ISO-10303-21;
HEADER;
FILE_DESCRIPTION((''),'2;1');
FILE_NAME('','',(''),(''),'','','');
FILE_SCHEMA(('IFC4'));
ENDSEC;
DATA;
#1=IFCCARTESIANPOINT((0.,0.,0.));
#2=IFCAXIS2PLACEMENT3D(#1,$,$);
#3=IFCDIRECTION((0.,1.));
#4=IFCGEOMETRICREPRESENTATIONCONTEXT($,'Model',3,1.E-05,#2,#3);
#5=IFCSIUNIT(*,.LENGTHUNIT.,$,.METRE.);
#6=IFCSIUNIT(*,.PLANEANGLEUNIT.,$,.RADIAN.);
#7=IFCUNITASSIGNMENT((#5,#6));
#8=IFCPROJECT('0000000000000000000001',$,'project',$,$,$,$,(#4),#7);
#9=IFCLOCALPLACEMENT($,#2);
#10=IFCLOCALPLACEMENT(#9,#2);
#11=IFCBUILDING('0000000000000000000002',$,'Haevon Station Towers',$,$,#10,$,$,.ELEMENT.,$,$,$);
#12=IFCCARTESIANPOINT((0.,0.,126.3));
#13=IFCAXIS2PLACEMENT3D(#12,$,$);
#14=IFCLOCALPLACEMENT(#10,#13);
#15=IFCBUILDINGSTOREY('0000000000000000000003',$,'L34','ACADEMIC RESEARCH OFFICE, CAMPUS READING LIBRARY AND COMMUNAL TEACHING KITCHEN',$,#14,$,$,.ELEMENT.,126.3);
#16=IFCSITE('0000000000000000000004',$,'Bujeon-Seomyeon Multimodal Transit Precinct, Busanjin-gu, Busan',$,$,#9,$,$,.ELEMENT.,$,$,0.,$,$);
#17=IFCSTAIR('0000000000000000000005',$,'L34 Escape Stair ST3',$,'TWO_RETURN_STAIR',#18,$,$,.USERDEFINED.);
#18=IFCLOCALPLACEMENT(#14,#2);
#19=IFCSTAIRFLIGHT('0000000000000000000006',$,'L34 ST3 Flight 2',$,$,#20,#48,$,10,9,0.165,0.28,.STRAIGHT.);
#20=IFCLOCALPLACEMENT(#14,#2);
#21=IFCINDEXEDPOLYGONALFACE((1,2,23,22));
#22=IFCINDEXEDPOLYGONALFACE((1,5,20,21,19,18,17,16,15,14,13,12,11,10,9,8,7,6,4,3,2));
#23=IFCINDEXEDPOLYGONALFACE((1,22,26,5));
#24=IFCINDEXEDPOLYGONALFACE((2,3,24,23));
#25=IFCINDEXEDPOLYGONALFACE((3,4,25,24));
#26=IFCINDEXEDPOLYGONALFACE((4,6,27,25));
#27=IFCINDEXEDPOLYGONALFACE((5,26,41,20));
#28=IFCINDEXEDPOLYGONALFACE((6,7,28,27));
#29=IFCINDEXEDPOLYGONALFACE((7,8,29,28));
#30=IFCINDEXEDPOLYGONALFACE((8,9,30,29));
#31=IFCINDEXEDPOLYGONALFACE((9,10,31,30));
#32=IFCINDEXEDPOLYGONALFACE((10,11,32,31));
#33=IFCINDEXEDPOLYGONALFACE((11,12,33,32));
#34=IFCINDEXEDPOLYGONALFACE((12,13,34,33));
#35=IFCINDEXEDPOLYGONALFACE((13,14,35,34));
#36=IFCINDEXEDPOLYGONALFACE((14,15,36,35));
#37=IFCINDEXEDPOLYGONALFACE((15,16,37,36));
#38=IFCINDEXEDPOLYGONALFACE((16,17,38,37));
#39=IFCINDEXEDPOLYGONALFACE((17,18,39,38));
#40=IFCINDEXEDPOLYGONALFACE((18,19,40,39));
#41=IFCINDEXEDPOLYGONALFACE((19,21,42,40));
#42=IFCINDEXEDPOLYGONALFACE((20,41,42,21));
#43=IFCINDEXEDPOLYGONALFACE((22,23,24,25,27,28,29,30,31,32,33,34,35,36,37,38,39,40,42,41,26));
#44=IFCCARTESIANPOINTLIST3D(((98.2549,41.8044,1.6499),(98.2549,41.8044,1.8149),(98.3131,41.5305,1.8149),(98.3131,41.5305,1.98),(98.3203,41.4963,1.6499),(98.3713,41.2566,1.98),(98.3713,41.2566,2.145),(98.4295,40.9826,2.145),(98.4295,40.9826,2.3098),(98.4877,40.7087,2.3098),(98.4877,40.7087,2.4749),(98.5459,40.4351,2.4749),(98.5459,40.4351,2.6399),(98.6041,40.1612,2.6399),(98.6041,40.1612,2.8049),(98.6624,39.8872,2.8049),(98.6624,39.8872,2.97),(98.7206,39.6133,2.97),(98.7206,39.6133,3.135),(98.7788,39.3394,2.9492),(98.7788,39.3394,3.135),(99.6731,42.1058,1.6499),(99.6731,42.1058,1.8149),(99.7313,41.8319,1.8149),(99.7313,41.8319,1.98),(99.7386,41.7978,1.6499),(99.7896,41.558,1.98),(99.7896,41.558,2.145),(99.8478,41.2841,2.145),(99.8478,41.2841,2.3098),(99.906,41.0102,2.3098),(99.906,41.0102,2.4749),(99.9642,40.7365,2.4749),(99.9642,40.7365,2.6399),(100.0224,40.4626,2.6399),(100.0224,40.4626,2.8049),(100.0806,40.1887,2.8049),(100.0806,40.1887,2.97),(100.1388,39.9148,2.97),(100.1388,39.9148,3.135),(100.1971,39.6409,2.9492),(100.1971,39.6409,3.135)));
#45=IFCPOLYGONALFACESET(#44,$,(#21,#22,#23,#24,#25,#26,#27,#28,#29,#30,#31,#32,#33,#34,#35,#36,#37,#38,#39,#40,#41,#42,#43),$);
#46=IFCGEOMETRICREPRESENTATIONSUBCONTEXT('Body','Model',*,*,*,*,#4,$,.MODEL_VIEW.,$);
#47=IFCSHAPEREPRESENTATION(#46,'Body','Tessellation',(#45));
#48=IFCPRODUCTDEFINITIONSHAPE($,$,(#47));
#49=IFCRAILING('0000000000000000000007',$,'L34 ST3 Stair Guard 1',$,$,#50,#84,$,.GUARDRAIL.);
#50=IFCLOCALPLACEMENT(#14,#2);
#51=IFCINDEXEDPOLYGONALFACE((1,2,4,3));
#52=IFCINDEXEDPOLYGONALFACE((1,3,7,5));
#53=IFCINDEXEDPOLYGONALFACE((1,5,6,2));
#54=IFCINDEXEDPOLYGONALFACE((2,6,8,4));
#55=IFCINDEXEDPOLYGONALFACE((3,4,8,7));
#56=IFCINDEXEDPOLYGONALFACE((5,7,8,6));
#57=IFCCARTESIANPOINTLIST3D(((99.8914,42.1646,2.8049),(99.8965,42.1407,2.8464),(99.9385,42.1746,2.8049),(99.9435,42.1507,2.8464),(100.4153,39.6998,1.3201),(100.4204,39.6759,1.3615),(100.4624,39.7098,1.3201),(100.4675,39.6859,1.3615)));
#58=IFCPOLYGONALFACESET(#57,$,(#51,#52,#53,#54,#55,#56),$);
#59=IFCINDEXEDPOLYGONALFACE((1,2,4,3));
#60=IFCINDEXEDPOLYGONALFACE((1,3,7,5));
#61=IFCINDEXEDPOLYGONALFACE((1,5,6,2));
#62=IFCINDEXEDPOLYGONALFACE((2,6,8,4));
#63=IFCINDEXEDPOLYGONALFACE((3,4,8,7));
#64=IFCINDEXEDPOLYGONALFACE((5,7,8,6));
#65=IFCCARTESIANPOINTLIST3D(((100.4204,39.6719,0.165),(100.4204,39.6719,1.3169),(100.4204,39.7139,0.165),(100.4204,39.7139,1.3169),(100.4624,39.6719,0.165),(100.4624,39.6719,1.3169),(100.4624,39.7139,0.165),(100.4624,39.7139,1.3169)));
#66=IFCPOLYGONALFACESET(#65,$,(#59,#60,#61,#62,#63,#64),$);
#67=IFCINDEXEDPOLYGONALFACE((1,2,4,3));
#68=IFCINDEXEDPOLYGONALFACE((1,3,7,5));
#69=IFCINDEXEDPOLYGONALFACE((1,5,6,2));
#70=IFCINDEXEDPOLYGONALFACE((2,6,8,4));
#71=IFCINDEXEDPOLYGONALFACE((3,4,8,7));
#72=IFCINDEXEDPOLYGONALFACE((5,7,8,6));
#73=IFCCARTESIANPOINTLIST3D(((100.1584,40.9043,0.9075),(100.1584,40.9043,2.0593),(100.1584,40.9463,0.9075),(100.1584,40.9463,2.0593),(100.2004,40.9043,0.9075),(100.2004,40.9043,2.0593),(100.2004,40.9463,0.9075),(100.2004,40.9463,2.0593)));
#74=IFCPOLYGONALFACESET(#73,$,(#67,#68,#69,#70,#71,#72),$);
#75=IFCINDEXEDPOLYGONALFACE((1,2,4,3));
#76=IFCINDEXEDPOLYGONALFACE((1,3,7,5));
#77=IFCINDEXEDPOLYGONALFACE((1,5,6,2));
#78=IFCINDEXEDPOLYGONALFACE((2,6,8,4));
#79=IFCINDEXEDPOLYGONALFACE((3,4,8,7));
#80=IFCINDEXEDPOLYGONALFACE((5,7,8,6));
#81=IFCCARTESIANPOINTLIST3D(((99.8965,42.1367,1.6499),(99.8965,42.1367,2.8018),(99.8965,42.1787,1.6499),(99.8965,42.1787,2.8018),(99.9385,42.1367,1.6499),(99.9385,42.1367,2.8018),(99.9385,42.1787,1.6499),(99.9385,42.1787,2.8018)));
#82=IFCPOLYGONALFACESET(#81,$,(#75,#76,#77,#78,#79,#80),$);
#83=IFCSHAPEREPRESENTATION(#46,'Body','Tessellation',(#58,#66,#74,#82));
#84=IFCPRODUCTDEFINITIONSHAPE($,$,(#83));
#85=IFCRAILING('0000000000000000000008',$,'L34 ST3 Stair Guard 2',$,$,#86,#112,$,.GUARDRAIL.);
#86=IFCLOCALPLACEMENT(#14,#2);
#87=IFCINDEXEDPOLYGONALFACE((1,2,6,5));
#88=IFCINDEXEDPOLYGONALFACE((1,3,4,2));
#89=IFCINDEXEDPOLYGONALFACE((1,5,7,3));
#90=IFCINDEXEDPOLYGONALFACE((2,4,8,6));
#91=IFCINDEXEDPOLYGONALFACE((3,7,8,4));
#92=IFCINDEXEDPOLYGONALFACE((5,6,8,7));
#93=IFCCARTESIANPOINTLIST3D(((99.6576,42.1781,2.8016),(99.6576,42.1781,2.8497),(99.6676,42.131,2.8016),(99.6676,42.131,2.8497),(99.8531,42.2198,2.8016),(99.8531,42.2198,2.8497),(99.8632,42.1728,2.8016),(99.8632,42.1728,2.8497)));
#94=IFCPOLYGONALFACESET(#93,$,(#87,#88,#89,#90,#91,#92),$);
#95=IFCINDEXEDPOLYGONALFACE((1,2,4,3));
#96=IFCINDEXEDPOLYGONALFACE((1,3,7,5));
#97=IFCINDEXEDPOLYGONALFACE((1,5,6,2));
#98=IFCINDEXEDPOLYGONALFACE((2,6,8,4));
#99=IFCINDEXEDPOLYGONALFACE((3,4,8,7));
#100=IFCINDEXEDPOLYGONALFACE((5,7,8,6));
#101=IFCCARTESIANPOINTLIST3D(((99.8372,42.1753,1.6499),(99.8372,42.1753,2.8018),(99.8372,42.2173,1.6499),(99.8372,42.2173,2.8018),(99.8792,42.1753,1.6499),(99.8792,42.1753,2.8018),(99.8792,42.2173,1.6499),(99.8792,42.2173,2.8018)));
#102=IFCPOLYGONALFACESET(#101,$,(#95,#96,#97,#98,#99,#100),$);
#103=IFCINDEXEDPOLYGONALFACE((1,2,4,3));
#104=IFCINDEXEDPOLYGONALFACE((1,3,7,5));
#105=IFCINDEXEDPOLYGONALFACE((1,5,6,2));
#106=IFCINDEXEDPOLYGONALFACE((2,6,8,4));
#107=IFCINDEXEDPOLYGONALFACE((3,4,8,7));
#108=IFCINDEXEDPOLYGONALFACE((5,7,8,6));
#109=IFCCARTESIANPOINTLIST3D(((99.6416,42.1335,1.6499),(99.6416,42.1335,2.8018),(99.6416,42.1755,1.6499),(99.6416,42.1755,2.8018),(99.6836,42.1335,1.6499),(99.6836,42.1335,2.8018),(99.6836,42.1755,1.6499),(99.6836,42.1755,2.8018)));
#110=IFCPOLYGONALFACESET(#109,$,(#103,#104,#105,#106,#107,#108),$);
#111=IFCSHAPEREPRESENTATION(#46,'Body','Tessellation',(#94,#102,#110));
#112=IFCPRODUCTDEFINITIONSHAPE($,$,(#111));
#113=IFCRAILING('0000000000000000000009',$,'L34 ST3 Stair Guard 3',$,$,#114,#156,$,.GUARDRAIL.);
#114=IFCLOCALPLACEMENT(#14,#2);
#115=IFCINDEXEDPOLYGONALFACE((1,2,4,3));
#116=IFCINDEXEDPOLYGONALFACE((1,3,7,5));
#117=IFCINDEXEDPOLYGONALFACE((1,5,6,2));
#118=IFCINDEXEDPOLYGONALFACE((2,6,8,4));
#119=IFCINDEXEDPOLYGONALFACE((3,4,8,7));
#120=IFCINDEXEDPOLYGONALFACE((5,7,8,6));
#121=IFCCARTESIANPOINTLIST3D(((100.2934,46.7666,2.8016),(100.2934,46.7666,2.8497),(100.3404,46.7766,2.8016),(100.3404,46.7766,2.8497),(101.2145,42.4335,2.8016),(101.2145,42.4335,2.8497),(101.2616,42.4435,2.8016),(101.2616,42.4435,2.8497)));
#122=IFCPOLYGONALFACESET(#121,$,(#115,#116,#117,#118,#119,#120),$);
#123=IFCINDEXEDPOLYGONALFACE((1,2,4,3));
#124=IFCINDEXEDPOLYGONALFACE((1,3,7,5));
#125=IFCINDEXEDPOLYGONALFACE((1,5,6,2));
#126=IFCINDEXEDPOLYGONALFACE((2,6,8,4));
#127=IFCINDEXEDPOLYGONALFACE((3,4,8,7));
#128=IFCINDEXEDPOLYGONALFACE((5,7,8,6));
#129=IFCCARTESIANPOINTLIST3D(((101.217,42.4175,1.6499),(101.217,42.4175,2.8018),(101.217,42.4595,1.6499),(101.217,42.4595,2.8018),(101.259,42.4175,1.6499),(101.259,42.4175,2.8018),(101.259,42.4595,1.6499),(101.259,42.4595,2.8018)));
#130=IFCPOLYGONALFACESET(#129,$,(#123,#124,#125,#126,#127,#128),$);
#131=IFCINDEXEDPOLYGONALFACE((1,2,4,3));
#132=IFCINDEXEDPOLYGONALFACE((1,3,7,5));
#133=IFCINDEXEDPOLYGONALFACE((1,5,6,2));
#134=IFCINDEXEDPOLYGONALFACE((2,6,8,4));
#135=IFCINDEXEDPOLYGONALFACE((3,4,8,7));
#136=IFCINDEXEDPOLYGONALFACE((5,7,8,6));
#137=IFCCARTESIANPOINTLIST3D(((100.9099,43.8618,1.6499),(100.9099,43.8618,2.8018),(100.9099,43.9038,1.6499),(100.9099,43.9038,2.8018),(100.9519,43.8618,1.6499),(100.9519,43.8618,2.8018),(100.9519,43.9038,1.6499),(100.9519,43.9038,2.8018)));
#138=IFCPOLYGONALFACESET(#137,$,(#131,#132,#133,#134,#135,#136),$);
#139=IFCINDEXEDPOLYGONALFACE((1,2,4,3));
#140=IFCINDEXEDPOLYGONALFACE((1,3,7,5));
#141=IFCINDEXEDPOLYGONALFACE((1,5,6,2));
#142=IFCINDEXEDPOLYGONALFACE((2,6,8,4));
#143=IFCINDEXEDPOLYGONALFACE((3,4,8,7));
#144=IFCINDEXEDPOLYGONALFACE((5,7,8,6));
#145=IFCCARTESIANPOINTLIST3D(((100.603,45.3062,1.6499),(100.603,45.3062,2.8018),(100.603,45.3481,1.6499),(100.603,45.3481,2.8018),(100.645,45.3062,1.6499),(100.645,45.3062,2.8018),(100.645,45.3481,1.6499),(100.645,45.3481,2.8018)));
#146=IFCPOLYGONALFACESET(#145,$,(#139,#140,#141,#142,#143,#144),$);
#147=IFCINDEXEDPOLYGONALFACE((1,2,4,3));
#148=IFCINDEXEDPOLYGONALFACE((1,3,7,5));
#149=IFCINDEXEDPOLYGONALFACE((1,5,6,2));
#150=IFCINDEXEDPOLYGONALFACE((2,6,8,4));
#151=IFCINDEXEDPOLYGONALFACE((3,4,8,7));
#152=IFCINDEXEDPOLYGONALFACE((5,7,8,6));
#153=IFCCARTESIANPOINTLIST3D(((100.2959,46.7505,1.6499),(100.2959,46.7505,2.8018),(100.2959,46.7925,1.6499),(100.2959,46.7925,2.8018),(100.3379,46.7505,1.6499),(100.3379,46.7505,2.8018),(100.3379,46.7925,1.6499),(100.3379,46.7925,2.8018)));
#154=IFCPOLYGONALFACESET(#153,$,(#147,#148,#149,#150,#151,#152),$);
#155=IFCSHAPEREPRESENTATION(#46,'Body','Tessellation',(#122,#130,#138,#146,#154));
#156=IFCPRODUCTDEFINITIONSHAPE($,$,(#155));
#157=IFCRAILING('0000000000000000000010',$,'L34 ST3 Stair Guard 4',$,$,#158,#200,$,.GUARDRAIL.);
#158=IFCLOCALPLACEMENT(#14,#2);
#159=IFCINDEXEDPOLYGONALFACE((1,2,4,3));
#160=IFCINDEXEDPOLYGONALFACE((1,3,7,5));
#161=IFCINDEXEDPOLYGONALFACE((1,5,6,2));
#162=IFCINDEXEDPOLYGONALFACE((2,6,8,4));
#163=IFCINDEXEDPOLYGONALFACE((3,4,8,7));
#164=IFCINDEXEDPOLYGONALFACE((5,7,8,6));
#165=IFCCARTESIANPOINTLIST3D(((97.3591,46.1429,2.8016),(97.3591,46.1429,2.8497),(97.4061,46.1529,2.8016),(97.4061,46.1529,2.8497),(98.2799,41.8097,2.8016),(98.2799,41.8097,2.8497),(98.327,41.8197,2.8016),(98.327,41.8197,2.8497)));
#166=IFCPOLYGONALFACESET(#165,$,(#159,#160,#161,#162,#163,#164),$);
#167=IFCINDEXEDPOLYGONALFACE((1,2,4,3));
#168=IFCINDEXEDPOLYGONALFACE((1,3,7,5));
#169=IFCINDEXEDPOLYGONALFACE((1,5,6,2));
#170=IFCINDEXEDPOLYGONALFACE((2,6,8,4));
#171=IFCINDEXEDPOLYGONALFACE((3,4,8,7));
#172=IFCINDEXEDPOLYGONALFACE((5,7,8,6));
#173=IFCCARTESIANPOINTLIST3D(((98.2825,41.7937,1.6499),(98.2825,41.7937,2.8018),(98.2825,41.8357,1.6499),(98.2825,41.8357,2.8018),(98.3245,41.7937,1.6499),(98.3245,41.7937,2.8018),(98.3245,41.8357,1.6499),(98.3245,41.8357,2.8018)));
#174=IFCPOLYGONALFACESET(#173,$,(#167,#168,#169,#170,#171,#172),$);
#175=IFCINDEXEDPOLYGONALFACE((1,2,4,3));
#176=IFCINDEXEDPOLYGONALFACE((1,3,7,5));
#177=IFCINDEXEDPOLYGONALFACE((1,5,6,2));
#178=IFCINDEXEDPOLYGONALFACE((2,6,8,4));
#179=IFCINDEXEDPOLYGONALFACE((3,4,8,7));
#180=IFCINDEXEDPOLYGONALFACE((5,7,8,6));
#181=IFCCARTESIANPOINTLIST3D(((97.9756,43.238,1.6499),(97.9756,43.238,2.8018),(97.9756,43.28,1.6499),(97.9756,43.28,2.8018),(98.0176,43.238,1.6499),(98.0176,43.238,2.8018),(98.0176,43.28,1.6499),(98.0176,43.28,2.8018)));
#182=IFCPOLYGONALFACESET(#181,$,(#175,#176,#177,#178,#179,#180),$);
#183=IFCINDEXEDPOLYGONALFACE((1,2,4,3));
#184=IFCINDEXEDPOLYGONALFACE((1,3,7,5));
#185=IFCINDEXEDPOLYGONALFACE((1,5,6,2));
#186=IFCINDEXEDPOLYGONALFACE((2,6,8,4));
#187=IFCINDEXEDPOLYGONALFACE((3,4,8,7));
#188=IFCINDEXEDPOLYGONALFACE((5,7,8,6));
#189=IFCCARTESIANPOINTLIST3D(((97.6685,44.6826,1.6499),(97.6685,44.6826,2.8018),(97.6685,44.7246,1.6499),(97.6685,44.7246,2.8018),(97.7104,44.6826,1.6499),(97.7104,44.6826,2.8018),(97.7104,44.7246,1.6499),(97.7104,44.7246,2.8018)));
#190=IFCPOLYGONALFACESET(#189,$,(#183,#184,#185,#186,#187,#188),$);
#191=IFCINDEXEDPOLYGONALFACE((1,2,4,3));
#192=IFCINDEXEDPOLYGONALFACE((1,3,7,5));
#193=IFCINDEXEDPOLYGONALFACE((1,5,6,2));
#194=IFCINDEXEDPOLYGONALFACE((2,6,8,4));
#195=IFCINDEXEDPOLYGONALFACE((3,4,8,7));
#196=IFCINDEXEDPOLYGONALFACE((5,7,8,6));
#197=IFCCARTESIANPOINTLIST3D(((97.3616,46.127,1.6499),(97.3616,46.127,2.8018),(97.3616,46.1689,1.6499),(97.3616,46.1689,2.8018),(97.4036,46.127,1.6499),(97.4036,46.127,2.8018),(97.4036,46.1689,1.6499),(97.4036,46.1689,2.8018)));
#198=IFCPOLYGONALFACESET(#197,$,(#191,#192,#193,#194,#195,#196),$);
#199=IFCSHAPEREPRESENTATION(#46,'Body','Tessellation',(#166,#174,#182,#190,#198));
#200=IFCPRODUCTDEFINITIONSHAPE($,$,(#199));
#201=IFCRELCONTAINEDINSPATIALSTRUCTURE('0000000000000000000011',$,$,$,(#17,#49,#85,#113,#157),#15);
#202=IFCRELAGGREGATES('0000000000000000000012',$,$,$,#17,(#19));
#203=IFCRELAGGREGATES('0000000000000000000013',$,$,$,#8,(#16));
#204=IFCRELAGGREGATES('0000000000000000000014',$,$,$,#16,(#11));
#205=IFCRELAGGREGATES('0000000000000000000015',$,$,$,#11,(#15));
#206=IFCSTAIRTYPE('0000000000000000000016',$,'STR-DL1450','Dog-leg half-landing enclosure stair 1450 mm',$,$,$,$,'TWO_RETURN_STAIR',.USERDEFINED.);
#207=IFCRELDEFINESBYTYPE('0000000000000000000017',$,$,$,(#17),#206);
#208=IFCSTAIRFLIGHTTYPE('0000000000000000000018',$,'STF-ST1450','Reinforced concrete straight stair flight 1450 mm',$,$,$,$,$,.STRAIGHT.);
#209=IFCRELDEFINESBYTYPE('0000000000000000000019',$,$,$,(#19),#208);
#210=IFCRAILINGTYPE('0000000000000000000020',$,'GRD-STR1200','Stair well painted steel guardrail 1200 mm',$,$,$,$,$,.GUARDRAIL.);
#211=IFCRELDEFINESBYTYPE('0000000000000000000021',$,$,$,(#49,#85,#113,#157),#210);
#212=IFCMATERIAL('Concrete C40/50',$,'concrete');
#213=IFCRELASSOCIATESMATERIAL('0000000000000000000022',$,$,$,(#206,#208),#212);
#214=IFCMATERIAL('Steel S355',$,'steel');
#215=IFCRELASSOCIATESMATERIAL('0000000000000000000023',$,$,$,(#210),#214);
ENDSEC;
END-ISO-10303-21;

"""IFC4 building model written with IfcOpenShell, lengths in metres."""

from ifc_helpers import new_model, si_unit, direction, frame, origin, origin_2d, place, context, subcontext, project, spatial, polyline, rectangle, outline, extrude, material, type_object, element, aggregate, save


model = new_model("IFC4")

# Units and contexts
model_context = context("Model", 3, precision=1e-05, world=origin(), true_north=direction((0.0, 1.0)))
body_context = subcontext(model_context, "Body", "Model", "MODEL_VIEW")
ifc_project = project(units=[si_unit("LENGTHUNIT", "METRE"), si_unit("PLANEANGLEUNIT", "RADIAN")], contexts=[model_context])

# Site, building, storey
site_placement = place(None, origin())
site = spatial("IfcSite", under=ifc_project, at=site_placement, Name="Bujeon-Seomyeon Multimodal Transit Precinct, Busanjin-gu, Busan", CompositionType="ELEMENT", RefElevation=0.0)
building_placement = place(site_placement, origin())
building = spatial("IfcBuilding", under=site, at=building_placement, Name="Haevon Station Towers", CompositionType="ELEMENT")
storey_placement = place(building_placement, frame((0.0, 0.0, 126.3)))
storey = spatial("IfcBuildingStorey", under=building, at=storey_placement, Name="L34", Description="ACADEMIC RESEARCH OFFICE, CAMPUS READING LIBRARY AND COMMUNAL TEACHING KITCHEN", CompositionType="ELEMENT", Elevation=126.3)

# Shared definitions
ifc_material_1 = material(Name="Steel S355", Category="steel")

# Shared definitions
ifc_material_2 = material(Name="Concrete C40/50", Category="concrete")

# Stair, stair flight
stair_type = type_object("IfcStairType", Name="STR-DL1450", Description="Dog-leg half-landing enclosure stair 1450 mm", ElementType="TWO_RETURN_STAIR", PredefinedType="USERDEFINED", material=ifc_material_2)
stair_placement = place(storey_placement, origin())
stair = element("IfcStair", 1, at=stair_placement, inside=storey, type_object=stair_type, Name="L34 Escape Stair ST3", ObjectType="TWO_RETURN_STAIR", PredefinedType="USERDEFINED")
stair_flight_type = type_object("IfcStairFlightType", Name="STF-ST1450", Description="Reinforced concrete straight stair flight 1450 mm", PredefinedType="STRAIGHT", material=ifc_material_2)
stair_flight_1_placement = place(storey_placement, frame((98.9639, 41.9551, 1.6499), z_axis=(0.0, 0.0, 1.0), x_axis=(0.207912, -0.978148, 0.0)))
stair_flight_1 = element("IfcStairFlight", 2, at=stair_flight_1_placement, type_object=stair_flight_type, Name="L34 ST3 Flight 2", NumberOfRisers=10, NumberOfTreads=9, PredefinedType="STRAIGHT", RiserHeight=0.165, TreadLength=0.28, context=body_context, shape_type="SweptSolid", body=[
    extrude(outline(polyline([(0.0, 0.0), (0.0, 0.165), (0.28, 0.165), (0.28, 0.3301), (0.5601, 0.3301), (0.5601, 0.4951), (0.8401, 0.4951), (0.8401, 0.6599), (1.1201, 0.6599), (1.1201, 0.825), (1.3999, 0.825), (1.3999, 0.99), (1.6799, 0.99), (1.6799, 1.155), (1.96, 1.155), (1.96, 1.3201), (2.24, 1.3201), (2.24, 1.4851), (2.52, 1.4851), (2.52, 1.6499), (2.52, 1.2993), (0.3149, 0.0), (0.0, 0.0)])), frame((0.0, 0.7251, 0.0), z_axis=(0.0, -1.0, 0.0), x_axis=(1.0, 0.0, 0.0)), (0.0, 0.0, 1.0), 1.45),
])
aggregate(stair, [stair_flight_1])

# Railings
railing_type_1 = type_object("IfcRailingType", Name="GRD-STR1200", Description="Stair well painted steel guardrail 1200 mm", PredefinedType="GUARDRAIL", material=ifc_material_1)
railing_1_placement = place(storey_placement, frame((100.4414, 39.6929, 0.165)))
element("IfcRailing", 3, at=railing_1_placement, inside=storey, type_object=railing_type_1, Name="L34 ST3 Stair Guard 1", PredefinedType="GUARDRAIL", context=body_context, shape_type="SweptSolid", body=[
    extrude(rectangle(XDim=0.0481, YDim=0.0481, at=origin_2d()), frame((0.0, 0.0, 1.1758), z_axis=(-0.179129, 0.842724, 0.507671), x_axis=(-0.978147, -0.207914, 0.0)), (0.0, 0.0, 1.0), 2.9248),
    extrude(rectangle(XDim=0.042, YDim=0.042, at=origin_2d()), origin(), (0.0, 0.0, 1.0), 1.1519),
    extrude(rectangle(XDim=0.042, YDim=0.042, at=origin_2d()), frame((-0.262, 1.2324, 0.7424)), (0.0, 0.0, 1.0), 1.1519),
    extrude(rectangle(XDim=0.042, YDim=0.042, at=origin_2d()), frame((-0.5239, 2.4648, 1.4849)), (0.0, 0.0, 1.0), 1.1519),
])
railing_2_placement = place(storey_placement, frame((99.8582, 42.1963, 1.6499)))
element("IfcRailing", 4, at=railing_2_placement, inside=storey, type_object=railing_type_1, Name="L34 ST3 Stair Guard 2", PredefinedType="GUARDRAIL", context=body_context, shape_type="SweptSolid", body=[
    extrude(rectangle(XDim=0.0481, YDim=0.0481, at=origin_2d()), frame((0.0, 0.0, 1.1758), z_axis=(-0.977963, -0.208779, 0.0), x_axis=(0.208779, -0.977963, 0.0)), (0.0, 0.0, 1.0), 0.2),
    extrude(rectangle(XDim=0.042, YDim=0.042, at=origin_2d()), origin(), (0.0, 0.0, 1.0), 1.1519),
    extrude(rectangle(XDim=0.042, YDim=0.042, at=origin_2d()), frame((-0.1956, -0.0417, 0.0)), (0.0, 0.0, 1.0), 1.1519),
])
railing_3_placement = place(storey_placement, frame((101.238, 42.4385, 1.6499)))
element("IfcRailing", 5, at=railing_3_placement, inside=storey, type_object=railing_type_1, Name="L34 ST3 Stair Guard 3", PredefinedType="GUARDRAIL", context=body_context, shape_type="SweptSolid", body=[
    extrude(rectangle(XDim=0.0481, YDim=0.0481, at=origin_2d()), frame((0.0, 0.0, 1.1758), z_axis=(-0.20794, 0.978141, 0.0), x_axis=(-0.978141, -0.20794, 0.0)), (0.0, 0.0, 1.0), 4.4299),
    extrude(rectangle(XDim=0.042, YDim=0.042, at=origin_2d()), origin(), (0.0, 0.0, 1.0), 1.1519),
    extrude(rectangle(XDim=0.042, YDim=0.042, at=origin_2d()), frame((-0.3071, 1.4443, 0.0)), (0.0, 0.0, 1.0), 1.1519),
    extrude(rectangle(XDim=0.042, YDim=0.042, at=origin_2d()), frame((-0.614, 2.8887, 0.0)), (0.0, 0.0, 1.0), 1.1519),
    extrude(rectangle(XDim=0.042, YDim=0.042, at=origin_2d()), frame((-0.9211, 4.333, 0.0)), (0.0, 0.0, 1.0), 1.1519),
])
railing_4_placement = place(storey_placement, frame((98.3035, 41.8147, 1.6499)))
element("IfcRailing", 6, at=railing_4_placement, inside=storey, type_object=railing_type_1, Name="L34 ST3 Stair Guard 4", PredefinedType="GUARDRAIL", context=body_context, shape_type="SweptSolid", body=[
    extrude(rectangle(XDim=0.0481, YDim=0.0481, at=origin_2d()), frame((0.0, 0.0, 1.1758), z_axis=(-0.207877, 0.978155, 0.0), x_axis=(-0.978155, -0.207877, 0.0)), (0.0, 0.0, 1.0), 4.4299),
    extrude(rectangle(XDim=0.042, YDim=0.042, at=origin_2d()), origin(), (0.0, 0.0, 1.0), 1.1519),
    extrude(rectangle(XDim=0.042, YDim=0.042, at=origin_2d()), frame((-0.3069, 1.4443, 0.0)), (0.0, 0.0, 1.0), 1.1519),
    extrude(rectangle(XDim=0.042, YDim=0.042, at=origin_2d()), frame((-0.614, 2.8889, 0.0)), (0.0, 0.0, 1.0), 1.1519),
    extrude(rectangle(XDim=0.042, YDim=0.042, at=origin_2d()), frame((-0.9209, 4.3333, 0.0)), (0.0, 0.0, 1.0), 1.1519),
])

save(model, "model.ifc")
